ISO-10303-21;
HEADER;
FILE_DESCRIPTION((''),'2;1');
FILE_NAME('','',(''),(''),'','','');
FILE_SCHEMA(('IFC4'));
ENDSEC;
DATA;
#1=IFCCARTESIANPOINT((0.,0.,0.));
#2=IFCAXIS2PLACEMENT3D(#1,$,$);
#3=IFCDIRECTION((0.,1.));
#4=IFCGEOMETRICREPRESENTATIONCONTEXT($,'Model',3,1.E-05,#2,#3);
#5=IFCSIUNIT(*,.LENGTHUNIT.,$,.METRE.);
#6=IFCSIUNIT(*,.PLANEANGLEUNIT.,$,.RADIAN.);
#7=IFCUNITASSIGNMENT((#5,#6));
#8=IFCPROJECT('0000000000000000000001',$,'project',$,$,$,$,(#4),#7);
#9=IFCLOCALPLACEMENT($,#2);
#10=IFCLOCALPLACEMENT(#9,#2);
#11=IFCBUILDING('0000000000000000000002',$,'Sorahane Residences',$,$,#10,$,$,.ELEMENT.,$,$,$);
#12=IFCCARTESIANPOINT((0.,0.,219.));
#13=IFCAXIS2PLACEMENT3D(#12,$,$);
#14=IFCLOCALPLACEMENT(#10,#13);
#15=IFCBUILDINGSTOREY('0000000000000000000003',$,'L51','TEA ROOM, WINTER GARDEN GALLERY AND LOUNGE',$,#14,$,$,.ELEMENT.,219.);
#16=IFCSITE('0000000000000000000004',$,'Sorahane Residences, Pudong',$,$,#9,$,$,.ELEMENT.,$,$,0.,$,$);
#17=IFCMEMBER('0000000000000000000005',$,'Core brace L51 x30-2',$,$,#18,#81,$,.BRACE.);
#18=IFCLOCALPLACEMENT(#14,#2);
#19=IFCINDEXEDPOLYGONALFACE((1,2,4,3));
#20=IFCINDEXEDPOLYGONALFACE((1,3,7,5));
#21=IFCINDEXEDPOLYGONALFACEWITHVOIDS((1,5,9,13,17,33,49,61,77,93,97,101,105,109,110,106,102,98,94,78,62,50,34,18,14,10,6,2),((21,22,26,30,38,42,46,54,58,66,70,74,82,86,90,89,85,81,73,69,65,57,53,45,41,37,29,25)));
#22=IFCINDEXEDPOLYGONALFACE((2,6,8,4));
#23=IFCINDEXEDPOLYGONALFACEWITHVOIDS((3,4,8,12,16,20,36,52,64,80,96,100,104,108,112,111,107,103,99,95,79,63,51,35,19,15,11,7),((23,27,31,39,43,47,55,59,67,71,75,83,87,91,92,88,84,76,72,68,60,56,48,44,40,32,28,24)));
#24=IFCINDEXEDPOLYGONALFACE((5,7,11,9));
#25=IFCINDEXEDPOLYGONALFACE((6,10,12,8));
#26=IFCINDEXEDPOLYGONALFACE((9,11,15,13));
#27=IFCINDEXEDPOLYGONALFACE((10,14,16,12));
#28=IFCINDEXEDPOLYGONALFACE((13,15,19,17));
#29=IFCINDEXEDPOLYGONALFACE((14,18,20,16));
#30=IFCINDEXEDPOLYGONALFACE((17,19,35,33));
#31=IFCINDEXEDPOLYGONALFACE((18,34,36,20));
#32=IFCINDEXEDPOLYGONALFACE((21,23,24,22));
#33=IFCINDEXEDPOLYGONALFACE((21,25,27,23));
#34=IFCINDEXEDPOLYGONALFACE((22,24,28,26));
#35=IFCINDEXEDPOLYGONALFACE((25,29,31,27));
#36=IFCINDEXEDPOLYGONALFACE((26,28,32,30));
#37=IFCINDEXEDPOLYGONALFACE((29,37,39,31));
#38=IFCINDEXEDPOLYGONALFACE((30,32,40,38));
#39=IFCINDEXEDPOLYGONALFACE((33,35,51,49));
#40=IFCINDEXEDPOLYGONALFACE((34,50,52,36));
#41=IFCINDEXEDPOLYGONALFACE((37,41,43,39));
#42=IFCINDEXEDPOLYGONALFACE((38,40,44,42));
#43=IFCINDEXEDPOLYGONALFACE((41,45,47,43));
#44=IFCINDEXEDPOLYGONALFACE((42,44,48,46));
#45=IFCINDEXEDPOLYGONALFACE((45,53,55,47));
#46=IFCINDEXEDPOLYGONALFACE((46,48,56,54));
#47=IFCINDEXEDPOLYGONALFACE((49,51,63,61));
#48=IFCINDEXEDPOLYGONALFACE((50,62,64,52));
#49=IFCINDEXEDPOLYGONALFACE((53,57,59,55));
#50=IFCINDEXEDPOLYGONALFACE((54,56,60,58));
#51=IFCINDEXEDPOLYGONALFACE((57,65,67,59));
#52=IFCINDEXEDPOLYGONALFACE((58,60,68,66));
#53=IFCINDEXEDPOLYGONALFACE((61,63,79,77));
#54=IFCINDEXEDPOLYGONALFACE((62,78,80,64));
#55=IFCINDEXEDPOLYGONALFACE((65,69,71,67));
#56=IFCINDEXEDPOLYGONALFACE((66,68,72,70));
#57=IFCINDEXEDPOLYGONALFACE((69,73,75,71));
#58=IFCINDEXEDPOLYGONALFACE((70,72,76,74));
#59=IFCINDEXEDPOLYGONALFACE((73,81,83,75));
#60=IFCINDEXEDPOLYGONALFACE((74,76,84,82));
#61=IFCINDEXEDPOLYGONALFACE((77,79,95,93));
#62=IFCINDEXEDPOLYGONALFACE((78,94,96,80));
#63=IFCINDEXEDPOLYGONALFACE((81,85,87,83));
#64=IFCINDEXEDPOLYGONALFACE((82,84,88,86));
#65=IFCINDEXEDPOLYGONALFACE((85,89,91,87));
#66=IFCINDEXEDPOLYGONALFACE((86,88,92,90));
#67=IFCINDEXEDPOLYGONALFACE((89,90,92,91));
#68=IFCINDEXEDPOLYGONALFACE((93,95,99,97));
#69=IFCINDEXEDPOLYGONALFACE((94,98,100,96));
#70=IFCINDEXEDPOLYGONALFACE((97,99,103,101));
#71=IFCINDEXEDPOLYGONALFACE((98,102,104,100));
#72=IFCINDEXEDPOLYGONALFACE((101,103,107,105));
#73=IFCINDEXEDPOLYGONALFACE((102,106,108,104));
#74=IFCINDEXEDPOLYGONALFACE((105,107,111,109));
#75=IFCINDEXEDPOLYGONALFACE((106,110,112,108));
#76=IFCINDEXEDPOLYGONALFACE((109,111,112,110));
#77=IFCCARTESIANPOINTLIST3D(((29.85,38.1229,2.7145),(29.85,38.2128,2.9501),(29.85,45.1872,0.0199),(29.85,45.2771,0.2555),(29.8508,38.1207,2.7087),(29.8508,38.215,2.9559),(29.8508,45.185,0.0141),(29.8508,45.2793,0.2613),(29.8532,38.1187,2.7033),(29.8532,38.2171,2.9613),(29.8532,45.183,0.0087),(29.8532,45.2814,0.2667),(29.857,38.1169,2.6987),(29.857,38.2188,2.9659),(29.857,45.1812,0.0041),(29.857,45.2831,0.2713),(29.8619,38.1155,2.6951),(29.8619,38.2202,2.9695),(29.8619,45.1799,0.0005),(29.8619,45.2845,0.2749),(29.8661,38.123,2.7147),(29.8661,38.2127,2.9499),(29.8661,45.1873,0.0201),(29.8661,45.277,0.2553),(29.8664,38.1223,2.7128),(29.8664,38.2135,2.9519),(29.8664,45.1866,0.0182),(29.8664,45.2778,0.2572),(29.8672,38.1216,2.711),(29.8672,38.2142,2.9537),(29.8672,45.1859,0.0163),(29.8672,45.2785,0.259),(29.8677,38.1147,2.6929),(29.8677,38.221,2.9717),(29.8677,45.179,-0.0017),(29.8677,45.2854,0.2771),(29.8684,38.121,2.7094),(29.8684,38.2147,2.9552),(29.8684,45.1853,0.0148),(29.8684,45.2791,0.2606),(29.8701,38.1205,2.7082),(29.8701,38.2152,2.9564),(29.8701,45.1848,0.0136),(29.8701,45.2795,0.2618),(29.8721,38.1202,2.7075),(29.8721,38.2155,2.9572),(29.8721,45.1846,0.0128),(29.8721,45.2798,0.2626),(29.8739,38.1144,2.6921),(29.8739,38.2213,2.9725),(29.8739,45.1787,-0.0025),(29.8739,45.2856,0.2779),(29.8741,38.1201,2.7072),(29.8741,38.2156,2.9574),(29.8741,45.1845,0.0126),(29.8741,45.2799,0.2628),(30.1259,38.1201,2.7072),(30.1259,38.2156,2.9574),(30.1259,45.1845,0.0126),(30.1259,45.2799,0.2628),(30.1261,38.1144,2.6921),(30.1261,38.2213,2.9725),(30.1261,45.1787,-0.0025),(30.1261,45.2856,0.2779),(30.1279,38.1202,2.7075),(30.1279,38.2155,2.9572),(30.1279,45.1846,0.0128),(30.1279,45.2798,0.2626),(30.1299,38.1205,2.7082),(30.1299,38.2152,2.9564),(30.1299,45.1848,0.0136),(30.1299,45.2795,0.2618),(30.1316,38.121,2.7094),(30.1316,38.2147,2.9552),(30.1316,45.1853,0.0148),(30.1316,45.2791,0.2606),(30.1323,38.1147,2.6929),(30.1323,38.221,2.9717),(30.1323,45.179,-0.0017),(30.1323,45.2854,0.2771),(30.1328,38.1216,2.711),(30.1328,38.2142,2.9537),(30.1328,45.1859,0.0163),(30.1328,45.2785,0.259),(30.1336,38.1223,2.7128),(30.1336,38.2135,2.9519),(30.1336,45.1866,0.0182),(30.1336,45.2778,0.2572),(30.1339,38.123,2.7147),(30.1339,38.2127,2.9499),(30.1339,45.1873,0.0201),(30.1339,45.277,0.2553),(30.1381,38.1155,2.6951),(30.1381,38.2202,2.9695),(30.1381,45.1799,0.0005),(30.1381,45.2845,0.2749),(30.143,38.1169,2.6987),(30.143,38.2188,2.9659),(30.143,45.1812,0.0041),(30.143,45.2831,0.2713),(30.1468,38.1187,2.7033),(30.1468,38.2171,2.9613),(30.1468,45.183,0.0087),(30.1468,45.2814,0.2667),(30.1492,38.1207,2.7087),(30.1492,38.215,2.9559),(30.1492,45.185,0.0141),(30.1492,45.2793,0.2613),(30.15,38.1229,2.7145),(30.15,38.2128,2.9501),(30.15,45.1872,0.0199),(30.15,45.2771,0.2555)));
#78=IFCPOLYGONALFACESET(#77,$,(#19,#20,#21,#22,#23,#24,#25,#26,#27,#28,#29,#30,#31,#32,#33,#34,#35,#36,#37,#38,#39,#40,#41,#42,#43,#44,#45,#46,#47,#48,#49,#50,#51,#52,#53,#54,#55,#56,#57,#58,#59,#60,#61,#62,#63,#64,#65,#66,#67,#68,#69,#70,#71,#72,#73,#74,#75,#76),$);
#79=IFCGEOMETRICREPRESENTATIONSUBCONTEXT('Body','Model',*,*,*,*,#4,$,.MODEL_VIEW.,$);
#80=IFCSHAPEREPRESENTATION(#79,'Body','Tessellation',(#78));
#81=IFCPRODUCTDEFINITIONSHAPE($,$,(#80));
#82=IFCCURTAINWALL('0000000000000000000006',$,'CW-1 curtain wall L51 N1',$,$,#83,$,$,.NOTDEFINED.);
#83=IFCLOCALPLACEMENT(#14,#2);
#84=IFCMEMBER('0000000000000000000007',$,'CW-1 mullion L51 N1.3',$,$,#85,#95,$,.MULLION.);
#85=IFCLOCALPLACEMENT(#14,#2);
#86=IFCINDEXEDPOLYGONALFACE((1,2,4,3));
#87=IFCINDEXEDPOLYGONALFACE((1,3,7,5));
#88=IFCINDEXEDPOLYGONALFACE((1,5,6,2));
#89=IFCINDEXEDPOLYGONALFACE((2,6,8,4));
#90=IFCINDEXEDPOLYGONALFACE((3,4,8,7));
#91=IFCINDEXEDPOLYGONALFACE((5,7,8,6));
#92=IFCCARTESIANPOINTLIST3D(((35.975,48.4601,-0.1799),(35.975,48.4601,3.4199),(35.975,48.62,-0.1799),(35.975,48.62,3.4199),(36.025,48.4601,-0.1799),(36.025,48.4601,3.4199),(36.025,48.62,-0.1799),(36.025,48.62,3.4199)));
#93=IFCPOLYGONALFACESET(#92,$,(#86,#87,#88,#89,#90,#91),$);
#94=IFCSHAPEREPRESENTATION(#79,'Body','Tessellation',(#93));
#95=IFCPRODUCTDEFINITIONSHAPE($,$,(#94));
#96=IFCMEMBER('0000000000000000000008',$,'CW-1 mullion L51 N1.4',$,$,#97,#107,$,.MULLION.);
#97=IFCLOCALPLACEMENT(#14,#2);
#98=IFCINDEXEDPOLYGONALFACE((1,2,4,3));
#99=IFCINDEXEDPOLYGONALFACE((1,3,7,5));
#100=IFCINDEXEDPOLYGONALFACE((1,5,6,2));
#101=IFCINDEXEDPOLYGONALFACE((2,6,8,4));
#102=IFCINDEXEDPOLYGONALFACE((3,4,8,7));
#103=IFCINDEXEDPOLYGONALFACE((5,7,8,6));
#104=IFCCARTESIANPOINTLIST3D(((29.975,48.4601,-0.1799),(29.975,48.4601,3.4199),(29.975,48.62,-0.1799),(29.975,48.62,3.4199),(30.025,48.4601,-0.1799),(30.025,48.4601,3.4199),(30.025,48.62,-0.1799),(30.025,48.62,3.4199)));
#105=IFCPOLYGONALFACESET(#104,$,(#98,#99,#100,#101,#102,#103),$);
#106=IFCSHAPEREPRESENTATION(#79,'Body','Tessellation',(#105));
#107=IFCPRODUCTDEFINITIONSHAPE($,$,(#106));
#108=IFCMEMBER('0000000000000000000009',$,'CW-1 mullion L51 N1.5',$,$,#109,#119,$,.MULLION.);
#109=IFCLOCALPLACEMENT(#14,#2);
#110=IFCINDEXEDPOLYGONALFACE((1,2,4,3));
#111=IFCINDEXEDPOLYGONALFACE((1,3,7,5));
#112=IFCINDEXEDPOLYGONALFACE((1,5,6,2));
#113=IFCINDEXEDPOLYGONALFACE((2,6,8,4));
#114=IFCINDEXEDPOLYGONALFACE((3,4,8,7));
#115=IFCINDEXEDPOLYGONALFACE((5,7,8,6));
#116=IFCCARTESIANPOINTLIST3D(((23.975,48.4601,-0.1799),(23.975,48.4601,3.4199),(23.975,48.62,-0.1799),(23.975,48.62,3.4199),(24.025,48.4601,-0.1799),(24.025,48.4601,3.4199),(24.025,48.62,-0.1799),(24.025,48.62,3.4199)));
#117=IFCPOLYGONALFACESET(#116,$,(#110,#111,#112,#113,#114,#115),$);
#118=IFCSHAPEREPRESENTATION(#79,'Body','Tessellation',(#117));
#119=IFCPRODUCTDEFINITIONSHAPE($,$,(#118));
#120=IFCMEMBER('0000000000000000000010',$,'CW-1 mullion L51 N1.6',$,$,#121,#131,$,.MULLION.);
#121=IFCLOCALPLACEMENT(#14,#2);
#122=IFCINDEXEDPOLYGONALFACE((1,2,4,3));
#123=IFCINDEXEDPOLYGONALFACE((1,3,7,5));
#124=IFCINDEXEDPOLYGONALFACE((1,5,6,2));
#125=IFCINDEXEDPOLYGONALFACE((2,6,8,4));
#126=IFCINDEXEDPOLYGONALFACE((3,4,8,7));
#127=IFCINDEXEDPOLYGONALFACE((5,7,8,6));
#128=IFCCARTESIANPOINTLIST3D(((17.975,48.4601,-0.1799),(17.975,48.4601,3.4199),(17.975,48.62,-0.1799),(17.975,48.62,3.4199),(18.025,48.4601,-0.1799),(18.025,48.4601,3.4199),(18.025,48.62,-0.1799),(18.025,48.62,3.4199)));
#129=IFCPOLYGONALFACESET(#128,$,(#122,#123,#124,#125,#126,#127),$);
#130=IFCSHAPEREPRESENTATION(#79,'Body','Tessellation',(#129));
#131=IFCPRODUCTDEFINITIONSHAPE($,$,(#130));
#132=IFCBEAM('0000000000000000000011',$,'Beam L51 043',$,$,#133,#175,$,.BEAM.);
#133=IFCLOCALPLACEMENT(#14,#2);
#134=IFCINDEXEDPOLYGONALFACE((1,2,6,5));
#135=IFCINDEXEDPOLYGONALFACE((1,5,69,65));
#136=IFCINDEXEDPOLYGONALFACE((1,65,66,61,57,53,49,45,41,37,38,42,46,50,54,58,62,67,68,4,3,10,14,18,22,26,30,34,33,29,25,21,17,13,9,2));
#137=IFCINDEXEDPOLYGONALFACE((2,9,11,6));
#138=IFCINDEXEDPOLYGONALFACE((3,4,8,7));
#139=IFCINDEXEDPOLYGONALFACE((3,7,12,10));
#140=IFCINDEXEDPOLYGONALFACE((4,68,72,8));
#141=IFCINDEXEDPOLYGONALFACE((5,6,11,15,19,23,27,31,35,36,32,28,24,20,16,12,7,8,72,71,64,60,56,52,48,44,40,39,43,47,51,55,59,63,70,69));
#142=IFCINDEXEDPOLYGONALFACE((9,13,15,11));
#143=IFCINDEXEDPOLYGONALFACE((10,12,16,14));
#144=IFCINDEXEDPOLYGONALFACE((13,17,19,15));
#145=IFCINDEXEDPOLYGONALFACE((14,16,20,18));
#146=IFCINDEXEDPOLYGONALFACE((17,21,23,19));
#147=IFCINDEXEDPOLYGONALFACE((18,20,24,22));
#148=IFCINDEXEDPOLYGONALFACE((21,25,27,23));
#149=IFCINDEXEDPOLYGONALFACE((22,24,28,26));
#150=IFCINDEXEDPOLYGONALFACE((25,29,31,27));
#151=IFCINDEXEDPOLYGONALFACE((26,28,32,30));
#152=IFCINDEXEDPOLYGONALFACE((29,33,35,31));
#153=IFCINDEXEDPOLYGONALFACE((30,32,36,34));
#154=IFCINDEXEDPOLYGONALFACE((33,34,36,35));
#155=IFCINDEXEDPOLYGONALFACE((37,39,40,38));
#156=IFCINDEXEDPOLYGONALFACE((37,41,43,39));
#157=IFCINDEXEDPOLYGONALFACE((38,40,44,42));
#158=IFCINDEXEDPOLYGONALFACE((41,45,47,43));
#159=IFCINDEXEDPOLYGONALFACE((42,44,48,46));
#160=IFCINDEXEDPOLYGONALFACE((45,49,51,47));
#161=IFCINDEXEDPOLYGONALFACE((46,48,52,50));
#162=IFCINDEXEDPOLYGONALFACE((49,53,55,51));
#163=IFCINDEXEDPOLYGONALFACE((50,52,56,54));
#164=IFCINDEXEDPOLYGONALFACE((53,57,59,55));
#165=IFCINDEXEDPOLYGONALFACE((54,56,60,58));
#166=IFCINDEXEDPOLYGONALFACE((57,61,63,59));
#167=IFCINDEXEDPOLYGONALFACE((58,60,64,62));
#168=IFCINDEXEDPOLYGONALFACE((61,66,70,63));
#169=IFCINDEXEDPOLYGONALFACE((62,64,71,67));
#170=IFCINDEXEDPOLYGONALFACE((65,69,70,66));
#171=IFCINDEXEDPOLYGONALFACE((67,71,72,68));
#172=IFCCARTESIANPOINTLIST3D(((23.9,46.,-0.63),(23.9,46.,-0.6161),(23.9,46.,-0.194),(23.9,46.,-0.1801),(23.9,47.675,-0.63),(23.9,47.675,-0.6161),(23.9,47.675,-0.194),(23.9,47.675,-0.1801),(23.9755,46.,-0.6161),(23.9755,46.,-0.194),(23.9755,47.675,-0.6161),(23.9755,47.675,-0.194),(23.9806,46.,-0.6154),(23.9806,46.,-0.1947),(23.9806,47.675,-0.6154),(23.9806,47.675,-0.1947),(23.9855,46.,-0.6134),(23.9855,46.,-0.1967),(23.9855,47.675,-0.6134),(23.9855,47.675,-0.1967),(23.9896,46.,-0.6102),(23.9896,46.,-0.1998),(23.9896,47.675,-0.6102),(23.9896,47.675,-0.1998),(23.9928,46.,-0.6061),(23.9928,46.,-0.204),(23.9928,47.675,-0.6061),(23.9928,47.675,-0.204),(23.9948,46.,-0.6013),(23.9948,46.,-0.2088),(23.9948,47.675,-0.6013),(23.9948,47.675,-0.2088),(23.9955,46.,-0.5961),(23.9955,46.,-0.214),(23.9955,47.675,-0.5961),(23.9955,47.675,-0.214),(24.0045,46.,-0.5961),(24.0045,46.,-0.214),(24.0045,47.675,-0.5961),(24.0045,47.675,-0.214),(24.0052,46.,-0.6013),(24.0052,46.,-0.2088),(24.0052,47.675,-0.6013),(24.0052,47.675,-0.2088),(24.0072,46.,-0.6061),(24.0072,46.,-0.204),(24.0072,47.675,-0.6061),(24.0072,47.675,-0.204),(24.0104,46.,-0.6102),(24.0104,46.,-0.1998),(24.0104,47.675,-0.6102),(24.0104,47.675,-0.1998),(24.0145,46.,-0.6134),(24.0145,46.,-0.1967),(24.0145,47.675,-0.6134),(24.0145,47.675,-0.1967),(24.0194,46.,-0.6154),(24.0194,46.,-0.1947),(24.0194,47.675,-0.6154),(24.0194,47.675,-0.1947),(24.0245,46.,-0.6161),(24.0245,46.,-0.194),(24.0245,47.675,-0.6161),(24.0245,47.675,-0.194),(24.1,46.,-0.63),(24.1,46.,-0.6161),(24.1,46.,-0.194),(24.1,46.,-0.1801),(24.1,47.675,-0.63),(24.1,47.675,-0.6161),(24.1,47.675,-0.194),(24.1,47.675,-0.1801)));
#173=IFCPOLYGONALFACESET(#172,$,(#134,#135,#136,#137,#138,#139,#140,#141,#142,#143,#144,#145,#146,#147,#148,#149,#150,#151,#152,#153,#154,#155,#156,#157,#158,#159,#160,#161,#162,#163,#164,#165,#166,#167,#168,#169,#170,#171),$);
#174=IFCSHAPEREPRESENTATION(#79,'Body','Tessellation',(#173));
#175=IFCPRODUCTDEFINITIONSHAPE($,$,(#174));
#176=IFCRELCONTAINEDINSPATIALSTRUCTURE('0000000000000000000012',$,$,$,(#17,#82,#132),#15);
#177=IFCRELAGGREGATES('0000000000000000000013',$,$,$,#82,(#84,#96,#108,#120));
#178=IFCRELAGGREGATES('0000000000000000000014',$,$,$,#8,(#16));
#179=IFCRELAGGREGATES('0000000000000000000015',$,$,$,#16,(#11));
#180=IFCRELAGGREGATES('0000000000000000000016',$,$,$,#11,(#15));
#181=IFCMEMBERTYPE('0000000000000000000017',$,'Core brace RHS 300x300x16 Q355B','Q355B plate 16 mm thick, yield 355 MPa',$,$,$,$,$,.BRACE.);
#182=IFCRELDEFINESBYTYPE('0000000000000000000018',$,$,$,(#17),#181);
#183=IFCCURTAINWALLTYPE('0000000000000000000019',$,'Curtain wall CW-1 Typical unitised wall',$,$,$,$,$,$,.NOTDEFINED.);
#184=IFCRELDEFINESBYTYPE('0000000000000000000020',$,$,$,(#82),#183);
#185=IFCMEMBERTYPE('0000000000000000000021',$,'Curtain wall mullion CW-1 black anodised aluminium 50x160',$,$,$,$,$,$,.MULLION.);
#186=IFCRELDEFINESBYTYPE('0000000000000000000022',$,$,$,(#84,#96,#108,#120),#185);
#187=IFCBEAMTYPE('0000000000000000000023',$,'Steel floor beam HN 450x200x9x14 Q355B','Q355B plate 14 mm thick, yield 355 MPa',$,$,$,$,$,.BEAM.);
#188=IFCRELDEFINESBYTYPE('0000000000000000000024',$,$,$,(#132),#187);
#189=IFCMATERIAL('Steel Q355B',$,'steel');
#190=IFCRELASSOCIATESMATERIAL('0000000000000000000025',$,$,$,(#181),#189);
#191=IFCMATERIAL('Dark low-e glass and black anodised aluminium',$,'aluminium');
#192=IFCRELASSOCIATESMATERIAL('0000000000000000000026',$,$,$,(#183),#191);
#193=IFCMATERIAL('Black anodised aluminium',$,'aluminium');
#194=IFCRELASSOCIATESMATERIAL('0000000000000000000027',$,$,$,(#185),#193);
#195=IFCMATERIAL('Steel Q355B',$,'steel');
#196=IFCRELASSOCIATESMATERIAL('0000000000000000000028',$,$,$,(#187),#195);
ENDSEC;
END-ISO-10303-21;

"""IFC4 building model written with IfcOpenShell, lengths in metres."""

from ifc_helpers import new_model, si_unit, direction, frame, origin, origin_2d, place, context, subcontext, project, spatial, rectangle, hollow_rectangle, i_section, extrude, material, material_profile, profile_set, type_object, element, aggregate, save


model = new_model("IFC4")

# Units and contexts
model_context = context("Model", 3, precision=1e-05, world=origin(), true_north=direction((0.0, 1.0)))
body_context = subcontext(model_context, "Body", "Model", "MODEL_VIEW")
ifc_project = project(units=[si_unit("LENGTHUNIT", "METRE"), si_unit("PLANEANGLEUNIT", "RADIAN")], contexts=[model_context])

# Site, building, storey
site_placement = place(None, origin())
site = spatial("IfcSite", under=ifc_project, at=site_placement, Name="Sorahane Residences, Pudong", CompositionType="ELEMENT", RefElevation=0.0)
building_placement = place(site_placement, origin())
building = spatial("IfcBuilding", under=site, at=building_placement, Name="Sorahane Residences", CompositionType="ELEMENT")
storey_placement = place(building_placement, frame((0.0, 0.0, 219.0)))
storey = spatial("IfcBuildingStorey", under=building, at=storey_placement, Name="L51", Description="TEA ROOM, WINTER GARDEN GALLERY AND LOUNGE", CompositionType="ELEMENT", Elevation=219.0)

# Member
ifc_material_1 = material(Name="Steel Q355B", Category="steel")
ifc_material_profile_1 = material_profile(ifc_material_1, hollow_rectangle(XDim=0.3, YDim=0.3, WallThickness=0.0161, InnerFilletRadius=0.0081, OuterFilletRadius=0.0239, at=origin_2d()), Name="RHS 300x300x16")
ifc_profile_set_1 = profile_set([ifc_material_profile_1], Name="Steel Q355B")
member_type_1 = type_object("IfcMemberType", Name="Core brace RHS 300x300x16 Q355B", Description="Q355B plate 16 mm thick, yield 355 MPa", PredefinedType="BRACE", material=ifc_profile_set_1)
member_1_placement = place(storey_placement, frame((30.0, 45.2322, 0.1377), z_axis=(0.0, -0.934336, 0.356394), x_axis=(1.0, 0.0, 0.0)))
element("IfcMember", 1, at=member_1_placement, inside=storey, type_object=member_type_1, Name="Core brace L51 x30-2", PredefinedType="BRACE", context=body_context, shape_type="SweptSolid", body=[
    extrude(hollow_rectangle(XDim=0.3, YDim=0.3, WallThickness=0.0161, InnerFilletRadius=0.0081, OuterFilletRadius=0.0239, at=origin_2d()), origin(), (0.0, 0.0, 1.0), 7.5608),
])

# Curtain wall, members
ifc_material_2 = material(Name="Dark low-e glass and black anodised aluminium", Category="aluminium")
curtain_wall_type = type_object("IfcCurtainWallType", Name="Curtain wall CW-1 Typical unitised wall", PredefinedType="NOTDEFINED", material=ifc_material_2)
curtain_wall_placement = place(storey_placement, origin())
curtain_wall = element("IfcCurtainWall", 2, at=curtain_wall_placement, inside=storey, type_object=curtain_wall_type, Name="CW-1 curtain wall L51 N1", PredefinedType="NOTDEFINED")
ifc_material_3 = material(Name="Black anodised aluminium", Category="aluminium")
ifc_material_profile_2 = material_profile(ifc_material_3, rectangle(XDim=0.1599, YDim=0.05, at=origin_2d()), Name="Curtain wall mullion CW-1 black anodised aluminium 50x160")
ifc_profile_set_2 = profile_set([ifc_material_profile_2], Name="Black anodised aluminium")
member_type_2 = type_object("IfcMemberType", Name="Curtain wall mullion CW-1 black anodised aluminium 50x160", PredefinedType="MULLION", material=ifc_profile_set_2)
member_2_placement = place(storey_placement, frame((36.0, 48.54, -0.1799), z_axis=(0.0, 0.0, 1.0), x_axis=(0.0, 1.0, 0.0)))
member_2 = element("IfcMember", 3, at=member_2_placement, type_object=member_type_2, Name="CW-1 mullion L51 N1.3", PredefinedType="MULLION", context=body_context, shape_type="SweptSolid", body=[
    extrude(rectangle(XDim=0.1599, YDim=0.05, at=origin_2d()), origin(), (0.0, 0.0, 1.0), 3.5999),
])
member_3_placement = place(storey_placement, frame((30.0, 48.54, -0.1799), z_axis=(0.0, 0.0, 1.0), x_axis=(0.0, 1.0, 0.0)))
member_3 = element("IfcMember", 4, at=member_3_placement, type_object=member_type_2, Name="CW-1 mullion L51 N1.4", PredefinedType="MULLION", context=body_context, shape_type="SweptSolid", body=[
    extrude(rectangle(XDim=0.1599, YDim=0.05, at=origin_2d()), origin(), (0.0, 0.0, 1.0), 3.5999),
])
member_4_placement = place(storey_placement, frame((24.0, 48.54, -0.1799), z_axis=(0.0, 0.0, 1.0), x_axis=(0.0, 1.0, 0.0)))
member_4 = element("IfcMember", 5, at=member_4_placement, type_object=member_type_2, Name="CW-1 mullion L51 N1.5", PredefinedType="MULLION", context=body_context, shape_type="SweptSolid", body=[
    extrude(rectangle(XDim=0.1599, YDim=0.05, at=origin_2d()), origin(), (0.0, 0.0, 1.0), 3.5999),
])
member_5_placement = place(storey_placement, frame((18.0, 48.54, -0.1799), z_axis=(0.0, 0.0, 1.0), x_axis=(0.0, 1.0, 0.0)))
member_5 = element("IfcMember", 6, at=member_5_placement, type_object=member_type_2, Name="CW-1 mullion L51 N1.6", PredefinedType="MULLION", context=body_context, shape_type="SweptSolid", body=[
    extrude(rectangle(XDim=0.1599, YDim=0.05, at=origin_2d()), origin(), (0.0, 0.0, 1.0), 3.5999),
])

# Beam
ifc_material_4 = material(Name="Steel Q355B", Category="steel")
ifc_material_profile_3 = material_profile(ifc_material_4, i_section(OverallWidth=0.2, OverallDepth=0.45, WebThickness=0.009, FlangeThickness=0.0139, FilletRadius=0.02, at=origin_2d()), Name="HN 450x200x9x14")
ifc_profile_set_3 = profile_set([ifc_material_profile_3], Name="Steel Q355B")
beam_type_1 = type_object("IfcBeamType", Name="Steel floor beam HN 450x200x9x14 Q355B", Description="Q355B plate 14 mm thick, yield 355 MPa", PredefinedType="BEAM", material=ifc_profile_set_3)
beam_1_placement = place(storey_placement, frame((24.0, 46.0, -0.405), z_axis=(0.0, 1.0, 0.0), x_axis=(-1.0, 0.0, 0.0)))
element("IfcBeam", 7, at=beam_1_placement, inside=storey, type_object=beam_type_1, Name="Beam L51 043", PredefinedType="BEAM", context=body_context, shape_type="SweptSolid", body=[
    extrude(i_section(OverallWidth=0.2, OverallDepth=0.45, WebThickness=0.009, FlangeThickness=0.0139, FilletRadius=0.02, at=origin_2d()), origin(), (0.0, 0.0, 1.0), 1.675),
])

aggregate(curtain_wall, [member_2, member_3, member_4, member_5])

save(model, "model.ifc")
